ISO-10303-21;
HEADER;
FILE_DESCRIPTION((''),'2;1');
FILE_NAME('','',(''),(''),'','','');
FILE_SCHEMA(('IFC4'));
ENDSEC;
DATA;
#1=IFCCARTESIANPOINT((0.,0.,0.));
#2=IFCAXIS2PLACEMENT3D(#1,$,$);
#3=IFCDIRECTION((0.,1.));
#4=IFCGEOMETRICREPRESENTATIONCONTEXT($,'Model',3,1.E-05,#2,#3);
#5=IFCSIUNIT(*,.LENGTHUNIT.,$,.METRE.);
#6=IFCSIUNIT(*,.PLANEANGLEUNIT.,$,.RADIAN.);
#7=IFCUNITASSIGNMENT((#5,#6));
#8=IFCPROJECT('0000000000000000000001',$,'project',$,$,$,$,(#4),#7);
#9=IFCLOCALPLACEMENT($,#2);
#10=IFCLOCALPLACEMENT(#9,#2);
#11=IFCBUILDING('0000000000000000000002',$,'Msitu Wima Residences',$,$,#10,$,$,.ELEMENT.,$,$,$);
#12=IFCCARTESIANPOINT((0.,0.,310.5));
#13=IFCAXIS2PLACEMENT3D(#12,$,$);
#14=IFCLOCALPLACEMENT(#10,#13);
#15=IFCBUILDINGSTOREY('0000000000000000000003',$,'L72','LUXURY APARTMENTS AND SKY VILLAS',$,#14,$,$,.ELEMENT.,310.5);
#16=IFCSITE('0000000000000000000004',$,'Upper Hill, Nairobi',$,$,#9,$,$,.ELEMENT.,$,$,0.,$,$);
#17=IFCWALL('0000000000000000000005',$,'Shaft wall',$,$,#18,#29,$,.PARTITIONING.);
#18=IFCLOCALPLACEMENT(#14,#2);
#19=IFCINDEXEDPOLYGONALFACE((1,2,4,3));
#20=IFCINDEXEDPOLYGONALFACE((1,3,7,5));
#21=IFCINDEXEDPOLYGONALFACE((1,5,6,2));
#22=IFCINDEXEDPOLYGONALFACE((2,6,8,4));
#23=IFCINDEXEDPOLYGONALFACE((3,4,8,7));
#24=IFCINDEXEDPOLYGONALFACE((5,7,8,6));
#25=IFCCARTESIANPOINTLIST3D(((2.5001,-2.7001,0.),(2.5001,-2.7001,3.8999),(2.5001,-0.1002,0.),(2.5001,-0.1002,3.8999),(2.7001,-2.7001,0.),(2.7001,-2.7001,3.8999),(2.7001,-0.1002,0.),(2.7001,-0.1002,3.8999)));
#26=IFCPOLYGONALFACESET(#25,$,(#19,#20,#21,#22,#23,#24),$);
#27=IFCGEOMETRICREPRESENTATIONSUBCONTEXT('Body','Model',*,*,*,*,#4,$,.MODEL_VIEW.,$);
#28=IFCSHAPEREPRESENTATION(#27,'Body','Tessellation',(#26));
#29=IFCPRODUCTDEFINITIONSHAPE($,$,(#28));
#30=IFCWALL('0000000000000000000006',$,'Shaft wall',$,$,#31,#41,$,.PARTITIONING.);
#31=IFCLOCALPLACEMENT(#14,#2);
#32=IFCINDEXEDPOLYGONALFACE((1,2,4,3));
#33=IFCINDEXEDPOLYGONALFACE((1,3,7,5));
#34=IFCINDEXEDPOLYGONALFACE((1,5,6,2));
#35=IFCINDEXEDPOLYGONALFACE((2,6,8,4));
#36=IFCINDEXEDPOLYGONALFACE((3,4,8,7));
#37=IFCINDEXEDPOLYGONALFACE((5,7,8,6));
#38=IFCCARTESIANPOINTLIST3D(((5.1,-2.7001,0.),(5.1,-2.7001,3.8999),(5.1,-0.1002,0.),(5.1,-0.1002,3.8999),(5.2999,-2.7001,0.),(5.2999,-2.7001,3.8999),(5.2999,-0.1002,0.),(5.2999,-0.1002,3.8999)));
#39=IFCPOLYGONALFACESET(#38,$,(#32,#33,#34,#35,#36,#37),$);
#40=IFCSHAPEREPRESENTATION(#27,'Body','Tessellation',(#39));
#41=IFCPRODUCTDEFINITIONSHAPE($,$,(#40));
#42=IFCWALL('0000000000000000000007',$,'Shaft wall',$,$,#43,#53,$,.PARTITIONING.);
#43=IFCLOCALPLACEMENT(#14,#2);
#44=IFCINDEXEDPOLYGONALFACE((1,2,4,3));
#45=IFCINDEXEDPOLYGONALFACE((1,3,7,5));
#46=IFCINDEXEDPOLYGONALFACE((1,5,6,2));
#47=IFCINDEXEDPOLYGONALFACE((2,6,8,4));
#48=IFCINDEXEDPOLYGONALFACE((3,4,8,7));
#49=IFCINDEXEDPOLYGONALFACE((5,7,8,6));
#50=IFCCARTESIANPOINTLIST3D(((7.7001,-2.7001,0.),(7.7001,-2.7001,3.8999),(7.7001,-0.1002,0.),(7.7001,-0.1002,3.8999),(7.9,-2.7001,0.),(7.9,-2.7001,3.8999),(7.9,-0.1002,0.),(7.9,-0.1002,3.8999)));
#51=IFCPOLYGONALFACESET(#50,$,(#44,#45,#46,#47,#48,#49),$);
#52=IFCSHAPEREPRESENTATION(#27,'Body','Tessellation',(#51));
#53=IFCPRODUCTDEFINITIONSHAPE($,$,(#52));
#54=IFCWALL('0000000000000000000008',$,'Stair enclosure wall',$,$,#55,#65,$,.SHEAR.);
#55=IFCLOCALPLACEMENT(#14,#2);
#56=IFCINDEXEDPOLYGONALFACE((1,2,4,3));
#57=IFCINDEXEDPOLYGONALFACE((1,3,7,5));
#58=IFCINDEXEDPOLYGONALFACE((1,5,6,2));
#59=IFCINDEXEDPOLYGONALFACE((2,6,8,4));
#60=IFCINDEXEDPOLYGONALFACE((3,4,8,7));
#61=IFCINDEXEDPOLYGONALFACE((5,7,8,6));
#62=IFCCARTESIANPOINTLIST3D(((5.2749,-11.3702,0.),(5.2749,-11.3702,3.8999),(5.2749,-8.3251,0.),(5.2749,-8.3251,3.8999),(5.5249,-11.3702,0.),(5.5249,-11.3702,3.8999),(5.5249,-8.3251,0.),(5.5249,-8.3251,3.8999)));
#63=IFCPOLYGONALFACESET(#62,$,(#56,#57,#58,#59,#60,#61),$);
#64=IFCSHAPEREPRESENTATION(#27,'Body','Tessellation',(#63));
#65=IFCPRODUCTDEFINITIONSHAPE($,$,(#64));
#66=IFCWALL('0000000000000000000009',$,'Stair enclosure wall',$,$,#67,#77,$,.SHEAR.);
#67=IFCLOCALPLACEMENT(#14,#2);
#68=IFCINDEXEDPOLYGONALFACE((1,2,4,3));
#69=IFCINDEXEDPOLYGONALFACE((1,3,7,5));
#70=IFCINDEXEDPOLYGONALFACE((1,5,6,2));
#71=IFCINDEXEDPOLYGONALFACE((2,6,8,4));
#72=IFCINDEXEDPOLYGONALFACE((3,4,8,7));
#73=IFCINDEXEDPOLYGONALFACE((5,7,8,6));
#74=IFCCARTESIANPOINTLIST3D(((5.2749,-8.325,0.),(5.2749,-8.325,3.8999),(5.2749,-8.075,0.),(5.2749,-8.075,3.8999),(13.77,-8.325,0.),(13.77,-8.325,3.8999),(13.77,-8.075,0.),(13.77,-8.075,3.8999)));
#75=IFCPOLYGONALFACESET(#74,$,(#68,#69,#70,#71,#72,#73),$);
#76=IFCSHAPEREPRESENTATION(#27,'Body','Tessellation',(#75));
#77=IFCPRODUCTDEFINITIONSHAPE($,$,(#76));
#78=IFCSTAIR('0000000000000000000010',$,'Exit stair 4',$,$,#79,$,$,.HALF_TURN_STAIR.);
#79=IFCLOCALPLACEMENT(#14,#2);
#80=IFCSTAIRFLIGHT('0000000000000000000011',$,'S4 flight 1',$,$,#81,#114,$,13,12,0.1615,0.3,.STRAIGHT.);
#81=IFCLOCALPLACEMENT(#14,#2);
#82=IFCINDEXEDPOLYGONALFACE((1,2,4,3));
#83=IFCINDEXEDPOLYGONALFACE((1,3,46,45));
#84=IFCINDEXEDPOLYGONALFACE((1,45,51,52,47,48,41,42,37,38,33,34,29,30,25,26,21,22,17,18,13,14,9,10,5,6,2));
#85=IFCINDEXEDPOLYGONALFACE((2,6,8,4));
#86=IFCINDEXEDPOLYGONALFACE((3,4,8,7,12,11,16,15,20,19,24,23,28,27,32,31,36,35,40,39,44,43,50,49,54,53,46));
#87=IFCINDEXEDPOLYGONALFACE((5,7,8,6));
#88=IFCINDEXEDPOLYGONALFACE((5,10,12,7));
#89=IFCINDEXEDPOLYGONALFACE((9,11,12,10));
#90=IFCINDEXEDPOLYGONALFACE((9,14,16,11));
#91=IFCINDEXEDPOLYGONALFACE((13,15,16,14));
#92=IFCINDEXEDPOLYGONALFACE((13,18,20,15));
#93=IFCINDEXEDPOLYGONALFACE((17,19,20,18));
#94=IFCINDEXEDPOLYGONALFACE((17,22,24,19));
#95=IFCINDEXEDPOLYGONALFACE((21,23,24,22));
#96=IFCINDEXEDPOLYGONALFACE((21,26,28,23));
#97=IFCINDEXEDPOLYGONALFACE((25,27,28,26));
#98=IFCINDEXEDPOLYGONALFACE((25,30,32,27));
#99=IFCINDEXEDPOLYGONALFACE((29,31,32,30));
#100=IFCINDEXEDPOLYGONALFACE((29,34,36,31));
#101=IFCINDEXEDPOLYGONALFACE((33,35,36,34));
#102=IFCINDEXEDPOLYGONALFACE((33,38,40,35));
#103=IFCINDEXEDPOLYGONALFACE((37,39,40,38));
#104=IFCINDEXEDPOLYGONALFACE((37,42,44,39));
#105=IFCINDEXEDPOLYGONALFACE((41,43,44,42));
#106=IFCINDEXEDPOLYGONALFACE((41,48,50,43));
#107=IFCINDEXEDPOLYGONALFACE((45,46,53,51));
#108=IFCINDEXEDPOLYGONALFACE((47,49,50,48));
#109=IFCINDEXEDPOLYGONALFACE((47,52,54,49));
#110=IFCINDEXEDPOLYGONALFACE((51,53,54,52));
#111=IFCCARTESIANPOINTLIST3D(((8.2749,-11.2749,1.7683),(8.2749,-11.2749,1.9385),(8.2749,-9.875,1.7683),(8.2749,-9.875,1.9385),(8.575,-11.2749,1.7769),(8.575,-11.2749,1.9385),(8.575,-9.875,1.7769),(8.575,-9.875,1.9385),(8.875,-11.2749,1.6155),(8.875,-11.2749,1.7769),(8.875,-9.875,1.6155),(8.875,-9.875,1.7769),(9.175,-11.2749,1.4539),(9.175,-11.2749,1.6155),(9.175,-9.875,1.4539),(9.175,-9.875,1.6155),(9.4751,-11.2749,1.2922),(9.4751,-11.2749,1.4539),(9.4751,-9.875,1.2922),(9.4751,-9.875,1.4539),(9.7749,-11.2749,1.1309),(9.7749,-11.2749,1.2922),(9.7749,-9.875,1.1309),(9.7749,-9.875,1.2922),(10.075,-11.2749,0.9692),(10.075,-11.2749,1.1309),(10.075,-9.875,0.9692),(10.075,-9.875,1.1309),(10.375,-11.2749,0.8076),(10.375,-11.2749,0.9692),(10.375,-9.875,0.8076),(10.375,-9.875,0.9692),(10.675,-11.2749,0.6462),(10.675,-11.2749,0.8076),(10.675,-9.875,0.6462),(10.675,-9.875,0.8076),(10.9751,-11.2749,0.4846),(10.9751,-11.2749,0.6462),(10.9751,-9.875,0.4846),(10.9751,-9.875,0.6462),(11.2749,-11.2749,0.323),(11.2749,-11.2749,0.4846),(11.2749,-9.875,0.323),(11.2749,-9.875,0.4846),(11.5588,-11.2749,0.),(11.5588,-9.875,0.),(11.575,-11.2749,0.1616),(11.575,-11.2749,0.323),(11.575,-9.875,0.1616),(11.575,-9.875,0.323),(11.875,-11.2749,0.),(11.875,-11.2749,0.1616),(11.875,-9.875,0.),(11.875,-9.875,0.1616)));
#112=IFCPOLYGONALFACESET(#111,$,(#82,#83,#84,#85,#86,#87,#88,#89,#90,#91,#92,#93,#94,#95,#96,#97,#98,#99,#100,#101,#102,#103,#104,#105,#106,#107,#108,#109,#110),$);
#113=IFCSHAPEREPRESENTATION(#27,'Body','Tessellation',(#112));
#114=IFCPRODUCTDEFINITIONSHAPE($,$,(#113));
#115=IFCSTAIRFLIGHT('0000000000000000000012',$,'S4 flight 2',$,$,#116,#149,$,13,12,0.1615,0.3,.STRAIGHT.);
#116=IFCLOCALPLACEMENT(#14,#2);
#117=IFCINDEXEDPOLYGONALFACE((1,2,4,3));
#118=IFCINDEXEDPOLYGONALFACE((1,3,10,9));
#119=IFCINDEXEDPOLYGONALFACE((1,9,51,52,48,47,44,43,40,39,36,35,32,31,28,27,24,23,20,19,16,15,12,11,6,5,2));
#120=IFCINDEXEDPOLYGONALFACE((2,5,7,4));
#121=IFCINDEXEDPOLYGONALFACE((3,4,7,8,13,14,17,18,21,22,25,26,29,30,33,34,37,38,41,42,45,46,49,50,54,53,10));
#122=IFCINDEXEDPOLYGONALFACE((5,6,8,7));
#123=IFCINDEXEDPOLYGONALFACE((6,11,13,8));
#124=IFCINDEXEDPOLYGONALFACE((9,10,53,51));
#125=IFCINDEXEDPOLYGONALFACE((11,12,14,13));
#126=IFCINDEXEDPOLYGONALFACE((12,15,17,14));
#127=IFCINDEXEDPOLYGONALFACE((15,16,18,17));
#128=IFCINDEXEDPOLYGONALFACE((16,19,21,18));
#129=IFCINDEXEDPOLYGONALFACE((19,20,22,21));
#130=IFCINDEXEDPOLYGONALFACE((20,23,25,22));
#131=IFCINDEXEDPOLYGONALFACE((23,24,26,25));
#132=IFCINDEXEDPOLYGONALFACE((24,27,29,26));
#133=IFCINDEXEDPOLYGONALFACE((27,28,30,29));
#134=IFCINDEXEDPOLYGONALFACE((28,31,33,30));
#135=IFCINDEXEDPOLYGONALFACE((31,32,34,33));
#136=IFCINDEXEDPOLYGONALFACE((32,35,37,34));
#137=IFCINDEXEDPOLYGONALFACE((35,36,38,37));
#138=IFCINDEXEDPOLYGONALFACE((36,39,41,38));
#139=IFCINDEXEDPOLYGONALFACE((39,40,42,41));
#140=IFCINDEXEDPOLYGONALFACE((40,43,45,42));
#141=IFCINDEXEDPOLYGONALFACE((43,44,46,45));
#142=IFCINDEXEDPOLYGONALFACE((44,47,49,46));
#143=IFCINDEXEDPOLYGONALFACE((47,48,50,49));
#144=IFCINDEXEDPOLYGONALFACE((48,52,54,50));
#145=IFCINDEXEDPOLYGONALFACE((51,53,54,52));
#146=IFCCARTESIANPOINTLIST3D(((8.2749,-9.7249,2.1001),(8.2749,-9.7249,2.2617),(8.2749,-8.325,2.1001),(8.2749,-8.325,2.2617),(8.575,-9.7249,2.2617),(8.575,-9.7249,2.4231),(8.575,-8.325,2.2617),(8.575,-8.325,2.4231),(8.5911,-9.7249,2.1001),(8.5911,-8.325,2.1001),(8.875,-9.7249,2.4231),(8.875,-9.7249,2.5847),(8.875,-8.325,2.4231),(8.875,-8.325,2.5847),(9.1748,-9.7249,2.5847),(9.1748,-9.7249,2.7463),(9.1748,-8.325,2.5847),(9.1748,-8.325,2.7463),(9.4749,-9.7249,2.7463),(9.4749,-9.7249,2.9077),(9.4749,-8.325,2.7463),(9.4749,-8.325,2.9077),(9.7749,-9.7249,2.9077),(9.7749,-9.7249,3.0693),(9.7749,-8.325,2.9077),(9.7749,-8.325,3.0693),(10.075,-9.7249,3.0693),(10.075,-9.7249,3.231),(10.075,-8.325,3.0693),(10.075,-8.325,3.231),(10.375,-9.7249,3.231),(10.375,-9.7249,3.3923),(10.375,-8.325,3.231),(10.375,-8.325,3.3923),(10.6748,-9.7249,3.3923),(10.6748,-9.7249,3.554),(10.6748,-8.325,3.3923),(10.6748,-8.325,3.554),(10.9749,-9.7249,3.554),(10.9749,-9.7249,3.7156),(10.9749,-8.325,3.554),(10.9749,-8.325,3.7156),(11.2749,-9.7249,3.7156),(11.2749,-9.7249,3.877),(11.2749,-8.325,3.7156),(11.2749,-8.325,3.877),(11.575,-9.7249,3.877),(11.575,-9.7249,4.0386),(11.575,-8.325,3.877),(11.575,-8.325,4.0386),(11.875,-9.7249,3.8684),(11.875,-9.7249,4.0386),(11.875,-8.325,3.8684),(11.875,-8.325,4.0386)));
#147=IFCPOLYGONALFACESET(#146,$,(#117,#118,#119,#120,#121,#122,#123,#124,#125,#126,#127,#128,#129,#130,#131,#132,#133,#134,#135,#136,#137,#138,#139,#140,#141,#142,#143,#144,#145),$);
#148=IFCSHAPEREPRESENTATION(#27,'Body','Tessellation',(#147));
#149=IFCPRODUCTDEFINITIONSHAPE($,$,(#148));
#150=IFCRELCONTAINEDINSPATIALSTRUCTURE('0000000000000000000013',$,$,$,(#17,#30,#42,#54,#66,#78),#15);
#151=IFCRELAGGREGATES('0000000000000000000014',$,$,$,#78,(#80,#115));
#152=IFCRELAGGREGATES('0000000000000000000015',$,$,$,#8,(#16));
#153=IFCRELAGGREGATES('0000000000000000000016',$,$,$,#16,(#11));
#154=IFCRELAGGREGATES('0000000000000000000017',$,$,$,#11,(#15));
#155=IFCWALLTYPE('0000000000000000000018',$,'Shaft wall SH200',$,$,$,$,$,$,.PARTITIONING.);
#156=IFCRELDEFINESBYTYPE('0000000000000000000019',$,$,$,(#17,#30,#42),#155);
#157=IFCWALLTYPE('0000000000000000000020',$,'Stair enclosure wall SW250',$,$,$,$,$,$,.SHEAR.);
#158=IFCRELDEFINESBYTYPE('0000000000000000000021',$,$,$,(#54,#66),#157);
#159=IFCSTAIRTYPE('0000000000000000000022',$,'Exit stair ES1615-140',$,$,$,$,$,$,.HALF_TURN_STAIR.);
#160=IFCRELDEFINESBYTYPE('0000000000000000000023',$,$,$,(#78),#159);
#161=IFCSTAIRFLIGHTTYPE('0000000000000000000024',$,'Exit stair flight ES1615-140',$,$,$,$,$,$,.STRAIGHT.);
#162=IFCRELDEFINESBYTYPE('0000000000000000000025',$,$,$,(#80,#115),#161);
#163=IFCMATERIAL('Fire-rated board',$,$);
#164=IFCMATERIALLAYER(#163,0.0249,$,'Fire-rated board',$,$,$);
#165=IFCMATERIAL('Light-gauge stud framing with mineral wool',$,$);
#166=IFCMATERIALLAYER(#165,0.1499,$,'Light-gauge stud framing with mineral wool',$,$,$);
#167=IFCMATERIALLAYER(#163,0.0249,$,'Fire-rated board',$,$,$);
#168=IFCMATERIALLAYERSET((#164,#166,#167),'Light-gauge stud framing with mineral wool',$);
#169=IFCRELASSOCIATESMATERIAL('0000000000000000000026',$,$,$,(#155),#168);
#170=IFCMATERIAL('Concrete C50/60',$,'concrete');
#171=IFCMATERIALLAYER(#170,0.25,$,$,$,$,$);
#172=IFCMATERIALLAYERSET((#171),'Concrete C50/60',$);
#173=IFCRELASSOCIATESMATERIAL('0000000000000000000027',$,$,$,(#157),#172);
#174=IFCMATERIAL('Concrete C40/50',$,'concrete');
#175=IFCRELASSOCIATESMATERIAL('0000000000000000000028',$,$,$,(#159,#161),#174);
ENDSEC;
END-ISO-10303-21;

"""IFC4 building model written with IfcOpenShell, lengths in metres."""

from ifc_helpers import new_model, si_unit, direction, frame, frame_2d, origin, place, context, subcontext, project, spatial, polyline, rectangle, outline, extrude, material, layer, layer_set, type_object, element, aggregate, save


model = new_model("IFC4")

# Units and contexts
model_context = context("Model", 3, precision=1e-05, world=origin(), true_north=direction((0.0, 1.0)))
body_context = subcontext(model_context, "Body", "Model", "MODEL_VIEW")
ifc_project = project(units=[si_unit("LENGTHUNIT", "METRE"), si_unit("PLANEANGLEUNIT", "RADIAN")], contexts=[model_context])

# Site, building, storey
site_placement = place(None, origin())
site = spatial("IfcSite", under=ifc_project, at=site_placement, Name="Upper Hill, Nairobi", CompositionType="ELEMENT", RefElevation=0.0)
building_placement = place(site_placement, origin())
building = spatial("IfcBuilding", under=site, at=building_placement, Name="Msitu Wima Residences", CompositionType="ELEMENT")
storey_placement = place(building_placement, frame((0.0, 0.0, 310.5)))
storey = spatial("IfcBuildingStorey", under=building, at=storey_placement, Name="L72", Description="LUXURY APARTMENTS AND SKY VILLAS", CompositionType="ELEMENT", Elevation=310.5)

# Shared definitions
ifc_material_1 = material(Name="Concrete C40/50", Category="concrete")

# Walls
ifc_material_2 = material(Name="Fire-rated board")
ifc_layer_1 = layer(ifc_material_2, 0.0249, Name="Fire-rated board")
ifc_material_3 = material(Name="Light-gauge stud framing with mineral wool")
ifc_layer_2 = layer(ifc_material_3, 0.1499, Name="Light-gauge stud framing with mineral wool")
ifc_layer_3 = layer(ifc_material_2, 0.0249, Name="Fire-rated board")
ifc_layer_set_1 = layer_set([ifc_layer_1, ifc_layer_2, ifc_layer_3], Name="Light-gauge stud framing with mineral wool")
wall_type_1 = type_object("IfcWallType", Name="Shaft wall SH200", PredefinedType="PARTITIONING", material=ifc_layer_set_1)
for number, where, z_axis, x_axis, name in (
    (1, (2.6001, -2.7, 0.0), (0.0, 0.0, 1.0), (0.0, 1.0, 0.0), "Shaft wall"),
    (2, (5.2, -2.7, 0.0), (0.0, 0.0, 1.0), (0.0, 1.0, 0.0), "Shaft wall"),
    (3, (7.8, -2.7, 0.0), (0.0, 0.0, 1.0), (0.0, 1.0, 0.0), "Shaft wall"),
):
    element("IfcWall", number, at=place(storey_placement, frame(where, z_axis=z_axis, x_axis=x_axis)), inside=storey, type_object=wall_type_1, Name=name, PredefinedType="PARTITIONING", context=body_context, shape_type="SweptSolid", body=[
        extrude(rectangle(XDim=2.5999, YDim=0.2, at=frame_2d((1.2998, 0.0))), origin(), (0.0, 0.0, 1.0), 3.8999),
    ])
ifc_material_4 = material(Name="Concrete C50/60", Category="concrete")
ifc_layer_4 = layer(ifc_material_4, 0.25)
ifc_layer_set_2 = layer_set([ifc_layer_4], Name="Concrete C50/60")
wall_type_2 = type_object("IfcWallType", Name="Stair enclosure wall SW250", PredefinedType="SHEAR", material=ifc_layer_set_2)
wall_1_placement = place(storey_placement, frame((5.3999, -11.3701, 0.0), z_axis=(0.0, 0.0, 1.0), x_axis=(0.0, 1.0, 0.0)))
element("IfcWall", 4, at=wall_1_placement, inside=storey, type_object=wall_type_2, Name="Stair enclosure wall", PredefinedType="SHEAR", context=body_context, shape_type="SweptSolid", body=[
    extrude(rectangle(XDim=3.0452, YDim=0.25, at=frame_2d((1.5225, 0.0))), origin(), (0.0, 0.0, 1.0), 3.8999),
])
wall_2_placement = place(storey_placement, frame((5.2749, -8.2, 0.0), z_axis=(0.0, 0.0, 1.0), x_axis=(1.0, 0.0, 0.0)))
element("IfcWall", 5, at=wall_2_placement, inside=storey, type_object=wall_type_2, Name="Stair enclosure wall", PredefinedType="SHEAR", context=body_context, shape_type="SweptSolid", body=[
    extrude(rectangle(XDim=8.4951, YDim=0.25, at=frame_2d((4.2476, 0.0))), origin(), (0.0, 0.0, 1.0), 3.8999),
])

# Stair, stair flights
stair_type = type_object("IfcStairType", Name="Exit stair ES1615-140", PredefinedType="HALF_TURN_STAIR", material=ifc_material_1)
stair_placement = place(storey_placement, origin())
stair = element("IfcStair", 6, at=stair_placement, inside=storey, type_object=stair_type, Name="Exit stair 4", PredefinedType="HALF_TURN_STAIR")
stair_flight_type = type_object("IfcStairFlightType", Name="Exit stair flight ES1615-140", PredefinedType="STRAIGHT", material=ifc_material_1)
stair_flight_1_placement = place(storey_placement, frame((11.875, -10.575, 0.0), z_axis=(0.0, 0.0, 1.0), x_axis=(-1.0, 0.0, 0.0)))
stair_flight_1 = element("IfcStairFlight", 7, at=stair_flight_1_placement, type_object=stair_flight_type, Name="S4 flight 1", NumberOfRisers=13, NumberOfTreads=12, PredefinedType="STRAIGHT", RiserHeight=0.1615, TreadLength=0.3, context=body_context, shape_type="SweptSolid", body=[
    extrude(outline(polyline([(0.0, 0.0), (0.0, 0.1616), (0.3, 0.1616), (0.3, 0.323), (0.6001, 0.323), (0.6001, 0.4846), (0.8999, 0.4846), (0.8999, 0.6462), (1.2, 0.6462), (1.2, 0.8076), (1.5, 0.8076), (1.5, 0.9692), (1.8, 0.9692), (1.8, 1.1309), (2.1001, 1.1309), (2.1001, 1.2922), (2.3999, 1.2922), (2.3999, 1.4539), (2.7, 1.4539), (2.7, 1.6155), (3.0, 1.6155), (3.0, 1.7769), (3.3, 1.7769), (3.3, 1.9385), (3.6001, 1.9385), (3.6001, 2.1001), (3.6001, 1.7683), (0.3162, 0.0), (0.0, 0.0)])), frame((0.0, 0.7, 0.0), z_axis=(0.0, -1.0, 0.0), x_axis=(1.0, 0.0, 0.0)), (0.0, 0.0, 1.0), 1.3999),
])
stair_flight_2_placement = place(storey_placement, frame((8.2749, -9.0249, 2.1001), z_axis=(0.0, 0.0, 1.0), x_axis=(1.0, 0.0, 0.0)))
stair_flight_2 = element("IfcStairFlight", 8, at=stair_flight_2_placement, type_object=stair_flight_type, Name="S4 flight 2", NumberOfRisers=13, NumberOfTreads=12, PredefinedType="STRAIGHT", RiserHeight=0.1615, TreadLength=0.3, context=body_context, shape_type="SweptSolid", body=[
    extrude(outline(polyline([(0.0, 0.0), (0.0, 0.1616), (0.3, 0.1616), (0.3, 0.323), (0.6001, 0.323), (0.6001, 0.4846), (0.8999, 0.4846), (0.8999, 0.6462), (1.2, 0.6462), (1.2, 0.8076), (1.5, 0.8076), (1.5, 0.9692), (1.8, 0.9692), (1.8, 1.1309), (2.1001, 1.1309), (2.1001, 1.2922), (2.3999, 1.2922), (2.3999, 1.4539), (2.7, 1.4539), (2.7, 1.6155), (3.0, 1.6155), (3.0, 1.7769), (3.3, 1.7769), (3.3, 1.9385), (3.6001, 1.9385), (3.6001, 2.1001), (3.6001, 1.7683), (0.3162, 0.0), (0.0, 0.0)])), frame((0.0, 0.7, 0.0), z_axis=(0.0, -1.0, 0.0), x_axis=(1.0, 0.0, 0.0)), (0.0, 0.0, 1.0), 1.3999),
])
aggregate(stair, [stair_flight_1, stair_flight_2])

save(model, "model.ifc")
